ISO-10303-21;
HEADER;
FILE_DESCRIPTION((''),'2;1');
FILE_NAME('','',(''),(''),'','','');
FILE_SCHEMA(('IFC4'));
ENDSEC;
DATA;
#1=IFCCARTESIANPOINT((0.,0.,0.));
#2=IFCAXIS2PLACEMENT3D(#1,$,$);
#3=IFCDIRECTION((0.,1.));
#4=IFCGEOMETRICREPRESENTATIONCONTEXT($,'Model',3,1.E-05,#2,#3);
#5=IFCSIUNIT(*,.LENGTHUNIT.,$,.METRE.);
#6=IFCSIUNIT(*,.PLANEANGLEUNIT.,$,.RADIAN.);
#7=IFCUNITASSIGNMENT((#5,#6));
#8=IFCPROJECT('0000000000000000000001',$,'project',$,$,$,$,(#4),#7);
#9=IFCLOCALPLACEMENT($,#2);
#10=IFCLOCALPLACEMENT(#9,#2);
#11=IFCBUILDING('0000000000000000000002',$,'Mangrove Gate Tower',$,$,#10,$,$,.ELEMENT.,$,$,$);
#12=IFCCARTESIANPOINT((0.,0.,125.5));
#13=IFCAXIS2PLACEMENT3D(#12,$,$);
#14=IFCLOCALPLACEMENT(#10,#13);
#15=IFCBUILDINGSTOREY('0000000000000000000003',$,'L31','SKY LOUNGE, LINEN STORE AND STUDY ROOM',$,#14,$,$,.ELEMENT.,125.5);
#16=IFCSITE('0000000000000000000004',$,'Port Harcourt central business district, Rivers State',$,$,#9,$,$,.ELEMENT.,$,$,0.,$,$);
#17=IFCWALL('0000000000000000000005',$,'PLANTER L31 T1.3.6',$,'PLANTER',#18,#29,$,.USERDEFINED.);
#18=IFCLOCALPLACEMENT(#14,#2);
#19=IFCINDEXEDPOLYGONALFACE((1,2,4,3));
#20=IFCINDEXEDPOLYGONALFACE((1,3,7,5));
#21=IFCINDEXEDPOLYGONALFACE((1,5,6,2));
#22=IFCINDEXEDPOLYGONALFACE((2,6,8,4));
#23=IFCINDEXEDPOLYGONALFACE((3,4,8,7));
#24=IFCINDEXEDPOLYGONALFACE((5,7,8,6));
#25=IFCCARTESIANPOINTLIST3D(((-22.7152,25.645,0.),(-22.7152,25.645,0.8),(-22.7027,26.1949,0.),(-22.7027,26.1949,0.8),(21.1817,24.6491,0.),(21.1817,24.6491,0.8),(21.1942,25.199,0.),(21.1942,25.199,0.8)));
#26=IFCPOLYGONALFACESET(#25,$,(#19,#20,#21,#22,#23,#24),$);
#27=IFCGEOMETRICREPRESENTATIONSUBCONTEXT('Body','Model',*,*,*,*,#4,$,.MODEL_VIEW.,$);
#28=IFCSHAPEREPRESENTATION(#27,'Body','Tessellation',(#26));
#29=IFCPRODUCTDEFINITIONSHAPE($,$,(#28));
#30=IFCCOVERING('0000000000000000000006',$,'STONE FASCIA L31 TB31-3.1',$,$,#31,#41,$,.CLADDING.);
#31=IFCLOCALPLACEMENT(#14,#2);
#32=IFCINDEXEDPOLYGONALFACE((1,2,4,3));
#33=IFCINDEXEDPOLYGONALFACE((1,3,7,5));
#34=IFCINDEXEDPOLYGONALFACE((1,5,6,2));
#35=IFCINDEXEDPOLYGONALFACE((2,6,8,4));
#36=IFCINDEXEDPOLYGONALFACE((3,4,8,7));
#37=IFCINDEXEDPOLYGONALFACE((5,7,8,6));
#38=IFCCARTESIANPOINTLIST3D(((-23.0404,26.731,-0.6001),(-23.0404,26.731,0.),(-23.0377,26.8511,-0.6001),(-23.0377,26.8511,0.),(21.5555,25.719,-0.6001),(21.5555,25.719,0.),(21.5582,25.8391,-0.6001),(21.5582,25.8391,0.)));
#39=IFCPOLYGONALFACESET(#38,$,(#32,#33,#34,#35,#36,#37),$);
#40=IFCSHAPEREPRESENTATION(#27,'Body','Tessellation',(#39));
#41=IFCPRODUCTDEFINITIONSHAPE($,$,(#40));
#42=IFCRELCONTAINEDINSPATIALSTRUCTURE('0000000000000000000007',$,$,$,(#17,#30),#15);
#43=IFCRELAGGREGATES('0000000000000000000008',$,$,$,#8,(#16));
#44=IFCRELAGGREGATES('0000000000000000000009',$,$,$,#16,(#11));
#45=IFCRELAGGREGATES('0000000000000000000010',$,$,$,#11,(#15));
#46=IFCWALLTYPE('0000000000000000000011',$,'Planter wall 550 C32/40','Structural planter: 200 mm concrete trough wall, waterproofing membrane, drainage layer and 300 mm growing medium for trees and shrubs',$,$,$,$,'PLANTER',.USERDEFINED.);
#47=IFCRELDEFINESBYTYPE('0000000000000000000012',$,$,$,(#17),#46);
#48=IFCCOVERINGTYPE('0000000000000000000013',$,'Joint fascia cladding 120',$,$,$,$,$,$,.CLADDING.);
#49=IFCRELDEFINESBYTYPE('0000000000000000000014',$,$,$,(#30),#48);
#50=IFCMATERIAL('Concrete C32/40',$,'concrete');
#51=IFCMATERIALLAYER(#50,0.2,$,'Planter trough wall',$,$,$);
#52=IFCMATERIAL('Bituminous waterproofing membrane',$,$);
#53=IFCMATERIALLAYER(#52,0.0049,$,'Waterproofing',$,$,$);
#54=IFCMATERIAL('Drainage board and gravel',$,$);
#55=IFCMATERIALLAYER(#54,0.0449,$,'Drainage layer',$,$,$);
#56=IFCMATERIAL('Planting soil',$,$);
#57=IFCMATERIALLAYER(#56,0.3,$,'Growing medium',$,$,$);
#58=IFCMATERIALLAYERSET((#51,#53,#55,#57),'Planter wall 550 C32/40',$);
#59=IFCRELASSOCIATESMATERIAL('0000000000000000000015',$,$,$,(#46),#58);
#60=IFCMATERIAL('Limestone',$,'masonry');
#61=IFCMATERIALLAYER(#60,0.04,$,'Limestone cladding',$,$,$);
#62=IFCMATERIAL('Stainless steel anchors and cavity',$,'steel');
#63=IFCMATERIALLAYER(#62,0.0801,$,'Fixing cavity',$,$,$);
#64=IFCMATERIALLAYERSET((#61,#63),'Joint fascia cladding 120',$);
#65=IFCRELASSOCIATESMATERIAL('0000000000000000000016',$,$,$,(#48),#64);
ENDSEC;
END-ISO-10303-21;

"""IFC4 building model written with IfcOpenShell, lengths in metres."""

from ifc_helpers import new_model, si_unit, direction, frame, frame_2d, origin, place, context, subcontext, project, spatial, rectangle, extrude, material, layer, layer_set, type_object, element, save


model = new_model("IFC4")

# Units and contexts
model_context = context("Model", 3, precision=1e-05, world=origin(), true_north=direction((0.0, 1.0)))
body_context = subcontext(model_context, "Body", "Model", "MODEL_VIEW")
ifc_project = project(units=[si_unit("LENGTHUNIT", "METRE"), si_unit("PLANEANGLEUNIT", "RADIAN")], contexts=[model_context])

# Site, building, storey
site_placement = place(None, origin())
site = spatial("IfcSite", under=ifc_project, at=site_placement, Name="Port Harcourt central business district, Rivers State", CompositionType="ELEMENT", RefElevation=0.0)
building_placement = place(site_placement, origin())
building = spatial("IfcBuilding", under=site, at=building_placement, Name="Mangrove Gate Tower", CompositionType="ELEMENT")
storey_placement = place(building_placement, frame((0.0, 0.0, 125.5)))
storey = spatial("IfcBuildingStorey", under=building, at=storey_placement, Name="L31", Description="SKY LOUNGE, LINEN STORE AND STUDY ROOM", CompositionType="ELEMENT", Elevation=125.5)

# Shared definitions
ifc_material_1 = material(Name="Limestone", Category="masonry")

# Wall
ifc_material_2 = material(Name="Concrete C32/40", Category="concrete")
ifc_layer_1 = layer(ifc_material_2, 0.2, Name="Planter trough wall")
ifc_material_3 = material(Name="Bituminous waterproofing membrane")
ifc_layer_2 = layer(ifc_material_3, 0.0049, Name="Waterproofing")
ifc_material_4 = material(Name="Drainage board and gravel")
ifc_layer_3 = layer(ifc_material_4, 0.0449, Name="Drainage layer")
ifc_material_5 = material(Name="Planting soil")
ifc_layer_4 = layer(ifc_material_5, 0.3, Name="Growing medium")
ifc_layer_set_1 = layer_set([ifc_layer_1, ifc_layer_2, ifc_layer_3, ifc_layer_4], Name="Planter wall 550 C32/40")
wall_type_1 = type_object("IfcWallType", Name="Planter wall 550 C32/40", Description="Structural planter: 200 mm concrete trough wall, waterproofing membrane, drainage layer and 300 mm growing medium for trees and shrubs", ElementType="PLANTER", PredefinedType="USERDEFINED", material=ifc_layer_set_1)
wall_1_placement = place(storey_placement, frame((-22.709, 25.9199, 0.0), z_axis=(0.0, 0.0, 1.0), x_axis=(0.999743, -0.02268, 0.0)))
element("IfcWall", 1, at=wall_1_placement, inside=storey, type_object=wall_type_1, Name="PLANTER L31 T1.3.6", ObjectType="PLANTER", PredefinedType="USERDEFINED", context=body_context, shape_type="SweptSolid", body=[
    extrude(rectangle(XDim=43.9082, YDim=0.55, at=frame_2d((21.9541, 0.0))), origin(), (0.0, 0.0, 1.0), 0.8),
])

# Covering
ifc_layer_5 = layer(ifc_material_1, 0.04, Name="Limestone cladding")
ifc_material_6 = material(Name="Stainless steel anchors and cavity", Category="steel")
ifc_layer_6 = layer(ifc_material_6, 0.0801, Name="Fixing cavity")
ifc_layer_set_2 = layer_set([ifc_layer_5, ifc_layer_6], Name="Joint fascia cladding 120")
covering_type = type_object("IfcCoveringType", Name="Joint fascia cladding 120", PredefinedType="CLADDING", material=ifc_layer_set_2)
covering_placement = place(storey_placement, frame((-23.0391, 26.791, -0.6001), z_axis=(0.0, 0.0, 1.0), x_axis=(0.999743, -0.022686, 0.0)))
element("IfcCovering", 2, at=covering_placement, inside=storey, type_object=covering_type, Name="STONE FASCIA L31 TB31-3.1", PredefinedType="CLADDING", context=body_context, shape_type="SweptSolid", body=[
    extrude(rectangle(XDim=44.6074, YDim=0.1201, at=frame_2d((22.3037, 0.0))), origin(), (0.0, 0.0, 1.0), 0.6001),
])

save(model, "model.ifc")
